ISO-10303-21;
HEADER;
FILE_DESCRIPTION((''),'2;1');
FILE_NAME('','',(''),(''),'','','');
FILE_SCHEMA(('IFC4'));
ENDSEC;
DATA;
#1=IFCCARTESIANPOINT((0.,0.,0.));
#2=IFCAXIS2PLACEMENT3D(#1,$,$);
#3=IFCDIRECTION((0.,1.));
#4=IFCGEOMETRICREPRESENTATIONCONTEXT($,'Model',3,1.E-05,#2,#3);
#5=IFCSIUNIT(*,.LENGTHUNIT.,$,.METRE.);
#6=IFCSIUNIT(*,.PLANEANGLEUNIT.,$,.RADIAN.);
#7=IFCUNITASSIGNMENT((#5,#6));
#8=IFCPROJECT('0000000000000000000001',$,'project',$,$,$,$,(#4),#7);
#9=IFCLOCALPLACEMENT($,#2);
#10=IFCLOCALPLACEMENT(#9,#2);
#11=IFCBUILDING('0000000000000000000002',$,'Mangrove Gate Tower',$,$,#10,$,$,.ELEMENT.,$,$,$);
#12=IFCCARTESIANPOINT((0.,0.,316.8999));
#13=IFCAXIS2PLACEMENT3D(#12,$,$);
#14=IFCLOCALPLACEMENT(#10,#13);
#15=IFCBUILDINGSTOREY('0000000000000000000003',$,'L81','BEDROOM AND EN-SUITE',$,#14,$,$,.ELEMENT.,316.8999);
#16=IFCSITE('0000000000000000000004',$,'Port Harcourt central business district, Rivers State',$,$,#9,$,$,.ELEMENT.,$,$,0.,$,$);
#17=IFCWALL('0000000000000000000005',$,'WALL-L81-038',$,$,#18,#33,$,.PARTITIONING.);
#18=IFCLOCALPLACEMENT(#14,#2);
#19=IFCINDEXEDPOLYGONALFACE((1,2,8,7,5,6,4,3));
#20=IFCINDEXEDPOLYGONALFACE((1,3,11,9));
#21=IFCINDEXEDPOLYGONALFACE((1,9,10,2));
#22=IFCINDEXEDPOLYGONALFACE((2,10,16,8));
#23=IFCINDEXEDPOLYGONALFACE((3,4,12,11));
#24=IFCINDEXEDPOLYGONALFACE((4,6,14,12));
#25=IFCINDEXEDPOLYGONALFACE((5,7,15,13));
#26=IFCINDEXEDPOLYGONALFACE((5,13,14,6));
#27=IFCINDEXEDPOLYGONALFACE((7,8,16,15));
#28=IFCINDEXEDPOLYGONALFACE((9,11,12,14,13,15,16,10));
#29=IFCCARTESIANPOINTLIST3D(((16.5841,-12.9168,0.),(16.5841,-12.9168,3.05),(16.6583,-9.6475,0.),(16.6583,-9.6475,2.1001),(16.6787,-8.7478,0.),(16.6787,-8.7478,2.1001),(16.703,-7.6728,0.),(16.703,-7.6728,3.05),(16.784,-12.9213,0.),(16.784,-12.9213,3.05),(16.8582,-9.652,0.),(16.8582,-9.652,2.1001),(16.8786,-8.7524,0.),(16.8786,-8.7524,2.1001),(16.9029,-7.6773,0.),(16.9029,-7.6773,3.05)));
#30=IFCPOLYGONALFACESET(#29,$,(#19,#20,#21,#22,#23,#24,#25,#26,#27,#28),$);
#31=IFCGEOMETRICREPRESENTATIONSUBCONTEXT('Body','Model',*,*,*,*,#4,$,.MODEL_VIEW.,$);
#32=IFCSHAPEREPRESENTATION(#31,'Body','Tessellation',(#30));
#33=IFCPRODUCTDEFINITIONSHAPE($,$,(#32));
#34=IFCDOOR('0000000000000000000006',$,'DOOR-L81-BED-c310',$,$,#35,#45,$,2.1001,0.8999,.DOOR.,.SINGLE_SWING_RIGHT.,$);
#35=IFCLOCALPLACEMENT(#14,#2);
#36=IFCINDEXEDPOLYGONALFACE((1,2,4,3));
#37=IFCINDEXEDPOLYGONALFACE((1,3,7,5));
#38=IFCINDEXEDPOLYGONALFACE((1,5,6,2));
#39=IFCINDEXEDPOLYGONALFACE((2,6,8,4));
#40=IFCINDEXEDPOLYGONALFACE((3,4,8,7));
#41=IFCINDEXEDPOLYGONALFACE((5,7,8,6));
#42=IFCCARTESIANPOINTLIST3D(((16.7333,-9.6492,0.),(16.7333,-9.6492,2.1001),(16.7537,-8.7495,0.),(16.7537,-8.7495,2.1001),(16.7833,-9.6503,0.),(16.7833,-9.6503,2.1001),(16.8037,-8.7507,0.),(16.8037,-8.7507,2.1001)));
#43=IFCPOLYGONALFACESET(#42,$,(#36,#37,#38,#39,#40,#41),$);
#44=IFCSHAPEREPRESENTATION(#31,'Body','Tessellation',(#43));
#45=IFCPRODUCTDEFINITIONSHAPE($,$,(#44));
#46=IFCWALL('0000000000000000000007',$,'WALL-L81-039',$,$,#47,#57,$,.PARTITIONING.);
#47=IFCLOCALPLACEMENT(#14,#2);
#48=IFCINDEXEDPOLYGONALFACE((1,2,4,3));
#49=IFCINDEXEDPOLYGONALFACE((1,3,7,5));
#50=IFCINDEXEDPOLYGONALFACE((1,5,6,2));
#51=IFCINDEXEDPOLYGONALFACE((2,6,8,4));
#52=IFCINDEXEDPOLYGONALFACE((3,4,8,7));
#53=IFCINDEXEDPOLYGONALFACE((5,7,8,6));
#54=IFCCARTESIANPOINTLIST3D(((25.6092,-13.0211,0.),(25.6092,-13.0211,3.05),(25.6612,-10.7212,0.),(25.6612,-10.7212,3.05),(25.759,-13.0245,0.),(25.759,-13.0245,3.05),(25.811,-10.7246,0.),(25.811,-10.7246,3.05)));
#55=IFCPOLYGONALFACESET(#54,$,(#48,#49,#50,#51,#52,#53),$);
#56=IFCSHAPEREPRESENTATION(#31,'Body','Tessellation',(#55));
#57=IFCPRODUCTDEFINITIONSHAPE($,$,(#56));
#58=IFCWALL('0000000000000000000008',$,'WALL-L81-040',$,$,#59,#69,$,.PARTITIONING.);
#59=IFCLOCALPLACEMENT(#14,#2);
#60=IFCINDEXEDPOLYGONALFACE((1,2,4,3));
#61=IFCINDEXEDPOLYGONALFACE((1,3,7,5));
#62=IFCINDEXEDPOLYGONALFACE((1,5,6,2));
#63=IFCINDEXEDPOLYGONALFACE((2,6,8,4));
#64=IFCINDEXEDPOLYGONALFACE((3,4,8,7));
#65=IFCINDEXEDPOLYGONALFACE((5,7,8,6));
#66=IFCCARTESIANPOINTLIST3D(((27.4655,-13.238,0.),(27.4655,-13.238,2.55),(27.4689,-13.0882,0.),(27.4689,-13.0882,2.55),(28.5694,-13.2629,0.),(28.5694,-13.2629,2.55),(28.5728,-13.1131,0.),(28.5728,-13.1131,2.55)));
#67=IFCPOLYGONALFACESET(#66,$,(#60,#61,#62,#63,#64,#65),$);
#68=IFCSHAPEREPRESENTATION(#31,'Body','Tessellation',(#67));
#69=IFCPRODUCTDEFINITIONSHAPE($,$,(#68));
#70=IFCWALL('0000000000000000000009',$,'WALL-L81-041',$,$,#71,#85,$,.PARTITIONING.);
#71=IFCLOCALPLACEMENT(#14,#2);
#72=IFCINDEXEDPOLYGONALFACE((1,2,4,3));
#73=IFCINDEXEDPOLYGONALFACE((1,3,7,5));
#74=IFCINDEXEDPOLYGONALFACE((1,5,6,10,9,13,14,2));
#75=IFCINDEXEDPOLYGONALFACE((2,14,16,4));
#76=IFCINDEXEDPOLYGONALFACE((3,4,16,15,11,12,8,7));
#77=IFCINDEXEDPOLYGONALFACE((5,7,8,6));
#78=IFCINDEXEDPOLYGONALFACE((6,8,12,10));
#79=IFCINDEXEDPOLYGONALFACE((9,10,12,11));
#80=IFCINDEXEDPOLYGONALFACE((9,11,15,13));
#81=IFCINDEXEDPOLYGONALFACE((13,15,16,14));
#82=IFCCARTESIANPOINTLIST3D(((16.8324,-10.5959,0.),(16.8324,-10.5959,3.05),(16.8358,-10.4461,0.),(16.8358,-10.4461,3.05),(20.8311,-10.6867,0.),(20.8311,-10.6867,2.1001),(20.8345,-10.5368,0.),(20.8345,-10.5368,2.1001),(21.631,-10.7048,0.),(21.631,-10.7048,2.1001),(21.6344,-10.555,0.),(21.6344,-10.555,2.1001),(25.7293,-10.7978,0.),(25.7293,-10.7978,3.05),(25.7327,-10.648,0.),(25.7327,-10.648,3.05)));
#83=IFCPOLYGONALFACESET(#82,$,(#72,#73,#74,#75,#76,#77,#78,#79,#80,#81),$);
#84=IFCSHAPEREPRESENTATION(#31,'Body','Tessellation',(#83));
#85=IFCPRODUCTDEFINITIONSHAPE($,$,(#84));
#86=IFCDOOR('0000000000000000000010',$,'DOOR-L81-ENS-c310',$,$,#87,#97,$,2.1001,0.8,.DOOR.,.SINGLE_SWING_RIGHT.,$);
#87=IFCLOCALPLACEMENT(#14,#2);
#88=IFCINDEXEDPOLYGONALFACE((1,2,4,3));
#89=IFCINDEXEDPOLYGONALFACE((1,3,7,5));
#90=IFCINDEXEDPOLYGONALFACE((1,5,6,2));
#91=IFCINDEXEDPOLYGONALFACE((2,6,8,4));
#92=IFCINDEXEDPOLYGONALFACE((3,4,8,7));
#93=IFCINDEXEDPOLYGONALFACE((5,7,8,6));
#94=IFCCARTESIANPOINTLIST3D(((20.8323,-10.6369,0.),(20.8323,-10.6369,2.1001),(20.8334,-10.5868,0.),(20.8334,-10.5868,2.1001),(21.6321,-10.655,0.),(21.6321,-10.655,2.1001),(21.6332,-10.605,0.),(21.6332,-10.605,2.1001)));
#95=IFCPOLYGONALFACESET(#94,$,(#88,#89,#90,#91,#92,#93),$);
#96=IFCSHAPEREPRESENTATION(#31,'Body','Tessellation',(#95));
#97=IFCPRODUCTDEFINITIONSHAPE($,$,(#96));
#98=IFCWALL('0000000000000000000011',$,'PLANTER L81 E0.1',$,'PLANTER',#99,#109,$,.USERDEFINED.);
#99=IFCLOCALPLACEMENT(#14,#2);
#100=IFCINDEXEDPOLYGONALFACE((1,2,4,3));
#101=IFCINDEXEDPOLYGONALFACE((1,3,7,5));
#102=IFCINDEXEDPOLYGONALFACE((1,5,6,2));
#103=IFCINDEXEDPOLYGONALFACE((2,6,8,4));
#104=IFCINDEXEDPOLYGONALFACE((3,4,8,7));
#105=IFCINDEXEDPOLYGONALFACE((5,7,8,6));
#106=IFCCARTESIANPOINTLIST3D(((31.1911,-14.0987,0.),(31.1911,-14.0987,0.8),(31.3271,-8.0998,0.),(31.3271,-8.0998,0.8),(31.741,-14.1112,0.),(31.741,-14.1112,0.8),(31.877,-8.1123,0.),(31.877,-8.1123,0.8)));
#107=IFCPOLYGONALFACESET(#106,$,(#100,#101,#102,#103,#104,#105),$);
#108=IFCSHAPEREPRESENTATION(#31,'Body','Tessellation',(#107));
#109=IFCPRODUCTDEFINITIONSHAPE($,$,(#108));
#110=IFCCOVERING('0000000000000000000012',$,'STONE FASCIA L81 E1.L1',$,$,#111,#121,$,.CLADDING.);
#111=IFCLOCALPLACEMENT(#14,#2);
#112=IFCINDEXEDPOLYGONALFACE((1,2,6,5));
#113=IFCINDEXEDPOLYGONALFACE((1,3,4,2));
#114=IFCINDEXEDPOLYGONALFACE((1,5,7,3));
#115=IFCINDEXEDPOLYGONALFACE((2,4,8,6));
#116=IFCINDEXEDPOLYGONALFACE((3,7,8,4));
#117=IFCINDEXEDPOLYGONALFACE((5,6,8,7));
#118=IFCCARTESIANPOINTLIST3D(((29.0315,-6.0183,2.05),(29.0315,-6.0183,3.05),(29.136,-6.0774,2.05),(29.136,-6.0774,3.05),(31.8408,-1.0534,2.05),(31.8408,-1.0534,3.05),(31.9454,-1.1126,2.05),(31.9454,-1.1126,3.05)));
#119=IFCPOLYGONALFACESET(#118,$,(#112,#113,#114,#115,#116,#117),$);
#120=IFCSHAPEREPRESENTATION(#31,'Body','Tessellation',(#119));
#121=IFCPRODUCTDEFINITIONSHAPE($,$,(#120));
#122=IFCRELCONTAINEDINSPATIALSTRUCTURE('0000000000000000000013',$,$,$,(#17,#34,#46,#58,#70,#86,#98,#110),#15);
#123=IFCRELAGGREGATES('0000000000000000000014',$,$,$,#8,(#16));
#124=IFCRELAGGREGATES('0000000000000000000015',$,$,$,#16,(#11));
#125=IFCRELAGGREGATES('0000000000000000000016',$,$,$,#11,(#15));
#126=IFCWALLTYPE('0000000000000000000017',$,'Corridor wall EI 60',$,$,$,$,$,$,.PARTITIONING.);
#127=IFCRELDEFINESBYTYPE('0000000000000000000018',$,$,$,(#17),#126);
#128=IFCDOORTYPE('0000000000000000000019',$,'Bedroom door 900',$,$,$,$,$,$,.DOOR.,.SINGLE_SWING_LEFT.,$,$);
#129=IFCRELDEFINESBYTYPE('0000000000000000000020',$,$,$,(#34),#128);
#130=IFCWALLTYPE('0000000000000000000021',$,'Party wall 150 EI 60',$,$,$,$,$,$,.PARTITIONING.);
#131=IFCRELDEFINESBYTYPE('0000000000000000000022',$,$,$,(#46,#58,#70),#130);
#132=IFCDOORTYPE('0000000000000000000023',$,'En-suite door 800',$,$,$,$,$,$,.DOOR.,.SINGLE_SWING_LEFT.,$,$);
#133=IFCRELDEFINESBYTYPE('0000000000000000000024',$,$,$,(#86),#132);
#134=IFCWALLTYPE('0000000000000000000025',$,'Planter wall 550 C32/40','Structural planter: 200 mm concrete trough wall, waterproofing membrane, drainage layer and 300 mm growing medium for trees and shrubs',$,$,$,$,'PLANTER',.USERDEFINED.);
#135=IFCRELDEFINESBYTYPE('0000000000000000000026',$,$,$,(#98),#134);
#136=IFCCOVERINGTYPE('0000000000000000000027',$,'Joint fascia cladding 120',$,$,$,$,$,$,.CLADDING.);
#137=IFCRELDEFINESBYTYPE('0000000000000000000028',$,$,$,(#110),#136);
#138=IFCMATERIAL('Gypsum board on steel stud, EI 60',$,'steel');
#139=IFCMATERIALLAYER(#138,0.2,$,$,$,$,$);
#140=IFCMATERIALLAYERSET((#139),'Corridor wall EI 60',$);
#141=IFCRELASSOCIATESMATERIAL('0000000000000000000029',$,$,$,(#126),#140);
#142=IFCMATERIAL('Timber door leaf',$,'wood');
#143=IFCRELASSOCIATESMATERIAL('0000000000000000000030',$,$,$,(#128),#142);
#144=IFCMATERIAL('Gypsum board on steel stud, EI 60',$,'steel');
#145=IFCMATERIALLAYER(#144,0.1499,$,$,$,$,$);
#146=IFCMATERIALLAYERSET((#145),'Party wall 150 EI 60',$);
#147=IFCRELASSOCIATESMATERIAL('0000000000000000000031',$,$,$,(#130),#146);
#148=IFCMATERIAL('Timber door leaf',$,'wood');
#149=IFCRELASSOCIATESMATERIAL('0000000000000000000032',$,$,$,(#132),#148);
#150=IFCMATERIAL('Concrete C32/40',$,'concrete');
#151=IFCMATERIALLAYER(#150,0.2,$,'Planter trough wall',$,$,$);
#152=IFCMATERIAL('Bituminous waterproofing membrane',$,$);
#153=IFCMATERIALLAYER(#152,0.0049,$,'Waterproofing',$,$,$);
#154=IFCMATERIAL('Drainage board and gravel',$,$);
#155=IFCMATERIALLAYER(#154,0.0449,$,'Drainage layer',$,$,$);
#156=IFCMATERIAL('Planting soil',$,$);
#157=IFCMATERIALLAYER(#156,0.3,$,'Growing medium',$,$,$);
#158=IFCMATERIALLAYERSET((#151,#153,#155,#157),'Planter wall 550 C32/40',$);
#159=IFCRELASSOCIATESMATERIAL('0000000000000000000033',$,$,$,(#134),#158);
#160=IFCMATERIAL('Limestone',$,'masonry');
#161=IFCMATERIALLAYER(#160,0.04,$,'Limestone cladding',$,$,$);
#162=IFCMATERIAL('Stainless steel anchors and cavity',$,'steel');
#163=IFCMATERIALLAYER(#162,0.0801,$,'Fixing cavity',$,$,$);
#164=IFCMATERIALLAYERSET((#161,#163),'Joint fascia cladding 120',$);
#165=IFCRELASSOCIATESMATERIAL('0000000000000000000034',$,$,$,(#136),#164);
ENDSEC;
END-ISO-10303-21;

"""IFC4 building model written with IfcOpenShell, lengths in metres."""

from ifc_helpers import new_model, si_unit, direction, frame, frame_2d, origin, place, context, subcontext, project, spatial, rectangle, extrude, material, layer, layer_set, type_object, element, fill, save


model = new_model("IFC4")

# Units and contexts
model_context = context("Model", 3, precision=1e-05, world=origin(), true_north=direction((0.0, 1.0)))
body_context = subcontext(model_context, "Body", "Model", "MODEL_VIEW")
ifc_project = project(units=[si_unit("LENGTHUNIT", "METRE"), si_unit("PLANEANGLEUNIT", "RADIAN")], contexts=[model_context])

# Site, building, storey
site_placement = place(None, origin())
site = spatial("IfcSite", under=ifc_project, at=site_placement, Name="Port Harcourt central business district, Rivers State", CompositionType="ELEMENT", RefElevation=0.0)
building_placement = place(site_placement, origin())
building = spatial("IfcBuilding", under=site, at=building_placement, Name="Mangrove Gate Tower", CompositionType="ELEMENT")
storey_placement = place(building_placement, frame((0.0, 0.0, 316.8999)))
storey = spatial("IfcBuildingStorey", under=building, at=storey_placement, Name="L81", Description="BEDROOM AND EN-SUITE", CompositionType="ELEMENT", Elevation=316.8999)

# Shared definitions
ifc_material_1 = material(Name="Gypsum board on steel stud, EI 60", Category="steel")
ifc_layer_1 = layer(ifc_material_1, 0.2)
ifc_layer_set_1 = layer_set([ifc_layer_1], Name="Corridor wall EI 60")
wall_type_1 = type_object("IfcWallType", Name="Corridor wall EI 60", PredefinedType="PARTITIONING", material=ifc_layer_set_1)

# Wall, opening, door
wall_1_placement = place(storey_placement, frame((16.6841, -12.9189, 0.0), z_axis=(0.0, 0.0, 1.0), x_axis=(0.022667, 0.999743, 0.0)))
wall_1 = element("IfcWall", 1, at=wall_1_placement, inside=storey, type_object=wall_type_1, Name="WALL-L81-038", PredefinedType="PARTITIONING", context=body_context, shape_type="SweptSolid", body=[
    extrude(rectangle(XDim=5.2454, YDim=0.2, at=frame_2d((2.6226, 0.0))), origin(), (0.0, 0.0, 1.0), 3.05),
])
opening_1_placement = place(wall_1_placement, frame((3.27, 0.0, 0.0)))
opening_1 = element("IfcOpeningElement", 2, at=opening_1_placement, cuts=wall_1, PredefinedType="OPENING", context=body_context, shape_type="SweptSolid", body=[
    extrude(rectangle(XDim=0.8999, YDim=2.1001, at=frame_2d((0.45, 1.05))), frame((0.0, 0.1099, 0.0), z_axis=(0.0, -1.0, 0.0), x_axis=(1.0, 0.0, 0.0)), (0.0, 0.0, 1.0), 0.22),
])
ifc_material_2 = material(Name="Timber door leaf", Category="wood")
door_type_1 = type_object("IfcDoorType", Name="Bedroom door 900", OperationType="SINGLE_SWING_LEFT", PredefinedType="DOOR", material=ifc_material_2)
door_1_placement = place(opening_1_placement, origin())
door_1 = element("IfcDoor", 3, at=door_1_placement, inside=storey, type_object=door_type_1, Name="DOOR-L81-BED-c310", OperationType="SINGLE_SWING_RIGHT", OverallHeight=2.1001, OverallWidth=0.8999, PredefinedType="DOOR", context=body_context, shape_type="SweptSolid", body=[
    extrude(rectangle(XDim=0.8999, YDim=2.1001, at=frame_2d((0.45, 1.05))), frame((0.0, 0.0249, 0.0), z_axis=(0.0, -1.0, 0.0), x_axis=(1.0, 0.0, 0.0)), (0.0, 0.0, 1.0), 0.05),
])
fill(opening_1, door_1)

# Walls
ifc_material_3 = material(Name="Gypsum board on steel stud, EI 60", Category="steel")
ifc_layer_2 = layer(ifc_material_3, 0.1499)
ifc_layer_set_2 = layer_set([ifc_layer_2], Name="Party wall 150 EI 60")
wall_type_2 = type_object("IfcWallType", Name="Party wall 150 EI 60", PredefinedType="PARTITIONING", material=ifc_layer_set_2)
wall_2_placement = place(storey_placement, frame((25.6841, -13.0229, 0.0), z_axis=(0.0, 0.0, 1.0), x_axis=(0.022603, 0.999745, 0.0)))
element("IfcWall", 4, at=wall_2_placement, inside=storey, type_object=wall_type_2, Name="WALL-L81-039", PredefinedType="PARTITIONING", context=body_context, shape_type="SweptSolid", body=[
    extrude(rectangle(XDim=2.3005, YDim=0.1499, at=frame_2d((1.1504, 0.0))), origin(), (0.0, 0.0, 1.0), 3.05),
])
wall_3_placement = place(storey_placement, frame((27.467, -13.1631, 0.0), z_axis=(0.0, 0.0, 1.0), x_axis=(0.999746, -0.022551, 0.0)))
element("IfcWall", 5, at=wall_3_placement, inside=storey, type_object=wall_type_2, Name="WALL-L81-040", PredefinedType="PARTITIONING", context=body_context, shape_type="SweptSolid", body=[
    extrude(rectangle(XDim=1.1042, YDim=0.1499, at=frame_2d((0.5522, 0.0))), origin(), (0.0, 0.0, 1.0), 2.55),
])

# Wall, opening, door
wall_4_placement = place(storey_placement, frame((16.834, -10.521, 0.0), z_axis=(0.0, 0.0, 1.0), x_axis=(0.999743, -0.022688, 0.0)))
wall_4 = element("IfcWall", 6, at=wall_4_placement, inside=storey, type_object=wall_type_2, Name="WALL-L81-041", PredefinedType="PARTITIONING", context=body_context, shape_type="SweptSolid", body=[
    extrude(rectangle(XDim=8.8992, YDim=0.1499, at=frame_2d((4.4497, 0.0))), origin(), (0.0, 0.0, 1.0), 3.05),
])
opening_2_placement = place(wall_4_placement, frame((4.0, 0.0, 0.0)))
opening_2 = element("IfcOpeningElement", 7, at=opening_2_placement, cuts=wall_4, PredefinedType="OPENING", context=body_context, shape_type="SweptSolid", body=[
    extrude(rectangle(XDim=0.8, YDim=2.1001, at=frame_2d((0.3999, 1.05))), frame((0.0, 0.085, 0.0), z_axis=(0.0, -1.0, 0.0), x_axis=(1.0, 0.0, 0.0)), (0.0, 0.0, 1.0), 0.1699),
])
ifc_material_4 = material(Name="Timber door leaf", Category="wood")
door_type_2 = type_object("IfcDoorType", Name="En-suite door 800", OperationType="SINGLE_SWING_LEFT", PredefinedType="DOOR", material=ifc_material_4)
door_2_placement = place(opening_2_placement, origin())
door_2 = element("IfcDoor", 8, at=door_2_placement, inside=storey, type_object=door_type_2, Name="DOOR-L81-ENS-c310", OperationType="SINGLE_SWING_RIGHT", OverallHeight=2.1001, OverallWidth=0.8, PredefinedType="DOOR", context=body_context, shape_type="SweptSolid", body=[
    extrude(rectangle(XDim=0.8, YDim=2.1001, at=frame_2d((0.3999, 1.05))), frame((0.0, 0.0249, 0.0), z_axis=(0.0, -1.0, 0.0), x_axis=(1.0, 0.0, 0.0)), (0.0, 0.0, 1.0), 0.05),
])
fill(opening_2, door_2)

# Wall
ifc_material_5 = material(Name="Concrete C32/40", Category="concrete")
ifc_layer_3 = layer(ifc_material_5, 0.2, Name="Planter trough wall")
ifc_material_6 = material(Name="Bituminous waterproofing membrane")
ifc_layer_4 = layer(ifc_material_6, 0.0049, Name="Waterproofing")
ifc_material_7 = material(Name="Drainage board and gravel")
ifc_layer_5 = layer(ifc_material_7, 0.0449, Name="Drainage layer")
ifc_material_8 = material(Name="Planting soil")
ifc_layer_6 = layer(ifc_material_8, 0.3, Name="Growing medium")
ifc_layer_set_3 = layer_set([ifc_layer_3, ifc_layer_4, ifc_layer_5, ifc_layer_6], Name="Planter wall 550 C32/40")
wall_type_3 = type_object("IfcWallType", Name="Planter wall 550 C32/40", Description="Structural planter: 200 mm concrete trough wall, waterproofing membrane, drainage layer and 300 mm growing medium for trees and shrubs", ElementType="PLANTER", PredefinedType="USERDEFINED", material=ifc_layer_set_3)
wall_5_placement = place(storey_placement, frame((31.4661, -14.105, 0.0), z_axis=(0.0, 0.0, 1.0), x_axis=(0.022662, 0.999743, 0.0)))
element("IfcWall", 9, at=wall_5_placement, inside=storey, type_object=wall_type_3, Name="PLANTER L81 E0.1", ObjectType="PLANTER", PredefinedType="USERDEFINED", context=body_context, shape_type="SweptSolid", body=[
    extrude(rectangle(XDim=6.0005, YDim=0.55, at=frame_2d((3.0002, 0.0))), origin(), (0.0, 0.0, 1.0), 0.8),
])

# Covering
ifc_material_9 = material(Name="Limestone", Category="masonry")
ifc_layer_7 = layer(ifc_material_9, 0.04, Name="Limestone cladding")
ifc_material_10 = material(Name="Stainless steel anchors and cavity", Category="steel")
ifc_layer_8 = layer(ifc_material_10, 0.0801, Name="Fixing cavity")
ifc_layer_set_4 = layer_set([ifc_layer_7, ifc_layer_8], Name="Joint fascia cladding 120")
covering_type = type_object("IfcCoveringType", Name="Joint fascia cladding 120", PredefinedType="CLADDING", material=ifc_layer_set_4)
covering_placement = place(storey_placement, frame((29.0837, -6.0479, 2.05), z_axis=(0.0, 0.0, 1.0), x_axis=(0.49247, 0.870329, 0.0)))
element("IfcCovering", 10, at=covering_placement, inside=storey, type_object=covering_type, Name="STONE FASCIA L81 E1.L1", PredefinedType="CLADDING", context=body_context, shape_type="SweptSolid", body=[
    extrude(rectangle(XDim=5.7046, YDim=0.1201, at=frame_2d((2.8523, 0.0))), origin(), (0.0, 0.0, 1.0), 1.0),
])

save(model, "model.ifc")
